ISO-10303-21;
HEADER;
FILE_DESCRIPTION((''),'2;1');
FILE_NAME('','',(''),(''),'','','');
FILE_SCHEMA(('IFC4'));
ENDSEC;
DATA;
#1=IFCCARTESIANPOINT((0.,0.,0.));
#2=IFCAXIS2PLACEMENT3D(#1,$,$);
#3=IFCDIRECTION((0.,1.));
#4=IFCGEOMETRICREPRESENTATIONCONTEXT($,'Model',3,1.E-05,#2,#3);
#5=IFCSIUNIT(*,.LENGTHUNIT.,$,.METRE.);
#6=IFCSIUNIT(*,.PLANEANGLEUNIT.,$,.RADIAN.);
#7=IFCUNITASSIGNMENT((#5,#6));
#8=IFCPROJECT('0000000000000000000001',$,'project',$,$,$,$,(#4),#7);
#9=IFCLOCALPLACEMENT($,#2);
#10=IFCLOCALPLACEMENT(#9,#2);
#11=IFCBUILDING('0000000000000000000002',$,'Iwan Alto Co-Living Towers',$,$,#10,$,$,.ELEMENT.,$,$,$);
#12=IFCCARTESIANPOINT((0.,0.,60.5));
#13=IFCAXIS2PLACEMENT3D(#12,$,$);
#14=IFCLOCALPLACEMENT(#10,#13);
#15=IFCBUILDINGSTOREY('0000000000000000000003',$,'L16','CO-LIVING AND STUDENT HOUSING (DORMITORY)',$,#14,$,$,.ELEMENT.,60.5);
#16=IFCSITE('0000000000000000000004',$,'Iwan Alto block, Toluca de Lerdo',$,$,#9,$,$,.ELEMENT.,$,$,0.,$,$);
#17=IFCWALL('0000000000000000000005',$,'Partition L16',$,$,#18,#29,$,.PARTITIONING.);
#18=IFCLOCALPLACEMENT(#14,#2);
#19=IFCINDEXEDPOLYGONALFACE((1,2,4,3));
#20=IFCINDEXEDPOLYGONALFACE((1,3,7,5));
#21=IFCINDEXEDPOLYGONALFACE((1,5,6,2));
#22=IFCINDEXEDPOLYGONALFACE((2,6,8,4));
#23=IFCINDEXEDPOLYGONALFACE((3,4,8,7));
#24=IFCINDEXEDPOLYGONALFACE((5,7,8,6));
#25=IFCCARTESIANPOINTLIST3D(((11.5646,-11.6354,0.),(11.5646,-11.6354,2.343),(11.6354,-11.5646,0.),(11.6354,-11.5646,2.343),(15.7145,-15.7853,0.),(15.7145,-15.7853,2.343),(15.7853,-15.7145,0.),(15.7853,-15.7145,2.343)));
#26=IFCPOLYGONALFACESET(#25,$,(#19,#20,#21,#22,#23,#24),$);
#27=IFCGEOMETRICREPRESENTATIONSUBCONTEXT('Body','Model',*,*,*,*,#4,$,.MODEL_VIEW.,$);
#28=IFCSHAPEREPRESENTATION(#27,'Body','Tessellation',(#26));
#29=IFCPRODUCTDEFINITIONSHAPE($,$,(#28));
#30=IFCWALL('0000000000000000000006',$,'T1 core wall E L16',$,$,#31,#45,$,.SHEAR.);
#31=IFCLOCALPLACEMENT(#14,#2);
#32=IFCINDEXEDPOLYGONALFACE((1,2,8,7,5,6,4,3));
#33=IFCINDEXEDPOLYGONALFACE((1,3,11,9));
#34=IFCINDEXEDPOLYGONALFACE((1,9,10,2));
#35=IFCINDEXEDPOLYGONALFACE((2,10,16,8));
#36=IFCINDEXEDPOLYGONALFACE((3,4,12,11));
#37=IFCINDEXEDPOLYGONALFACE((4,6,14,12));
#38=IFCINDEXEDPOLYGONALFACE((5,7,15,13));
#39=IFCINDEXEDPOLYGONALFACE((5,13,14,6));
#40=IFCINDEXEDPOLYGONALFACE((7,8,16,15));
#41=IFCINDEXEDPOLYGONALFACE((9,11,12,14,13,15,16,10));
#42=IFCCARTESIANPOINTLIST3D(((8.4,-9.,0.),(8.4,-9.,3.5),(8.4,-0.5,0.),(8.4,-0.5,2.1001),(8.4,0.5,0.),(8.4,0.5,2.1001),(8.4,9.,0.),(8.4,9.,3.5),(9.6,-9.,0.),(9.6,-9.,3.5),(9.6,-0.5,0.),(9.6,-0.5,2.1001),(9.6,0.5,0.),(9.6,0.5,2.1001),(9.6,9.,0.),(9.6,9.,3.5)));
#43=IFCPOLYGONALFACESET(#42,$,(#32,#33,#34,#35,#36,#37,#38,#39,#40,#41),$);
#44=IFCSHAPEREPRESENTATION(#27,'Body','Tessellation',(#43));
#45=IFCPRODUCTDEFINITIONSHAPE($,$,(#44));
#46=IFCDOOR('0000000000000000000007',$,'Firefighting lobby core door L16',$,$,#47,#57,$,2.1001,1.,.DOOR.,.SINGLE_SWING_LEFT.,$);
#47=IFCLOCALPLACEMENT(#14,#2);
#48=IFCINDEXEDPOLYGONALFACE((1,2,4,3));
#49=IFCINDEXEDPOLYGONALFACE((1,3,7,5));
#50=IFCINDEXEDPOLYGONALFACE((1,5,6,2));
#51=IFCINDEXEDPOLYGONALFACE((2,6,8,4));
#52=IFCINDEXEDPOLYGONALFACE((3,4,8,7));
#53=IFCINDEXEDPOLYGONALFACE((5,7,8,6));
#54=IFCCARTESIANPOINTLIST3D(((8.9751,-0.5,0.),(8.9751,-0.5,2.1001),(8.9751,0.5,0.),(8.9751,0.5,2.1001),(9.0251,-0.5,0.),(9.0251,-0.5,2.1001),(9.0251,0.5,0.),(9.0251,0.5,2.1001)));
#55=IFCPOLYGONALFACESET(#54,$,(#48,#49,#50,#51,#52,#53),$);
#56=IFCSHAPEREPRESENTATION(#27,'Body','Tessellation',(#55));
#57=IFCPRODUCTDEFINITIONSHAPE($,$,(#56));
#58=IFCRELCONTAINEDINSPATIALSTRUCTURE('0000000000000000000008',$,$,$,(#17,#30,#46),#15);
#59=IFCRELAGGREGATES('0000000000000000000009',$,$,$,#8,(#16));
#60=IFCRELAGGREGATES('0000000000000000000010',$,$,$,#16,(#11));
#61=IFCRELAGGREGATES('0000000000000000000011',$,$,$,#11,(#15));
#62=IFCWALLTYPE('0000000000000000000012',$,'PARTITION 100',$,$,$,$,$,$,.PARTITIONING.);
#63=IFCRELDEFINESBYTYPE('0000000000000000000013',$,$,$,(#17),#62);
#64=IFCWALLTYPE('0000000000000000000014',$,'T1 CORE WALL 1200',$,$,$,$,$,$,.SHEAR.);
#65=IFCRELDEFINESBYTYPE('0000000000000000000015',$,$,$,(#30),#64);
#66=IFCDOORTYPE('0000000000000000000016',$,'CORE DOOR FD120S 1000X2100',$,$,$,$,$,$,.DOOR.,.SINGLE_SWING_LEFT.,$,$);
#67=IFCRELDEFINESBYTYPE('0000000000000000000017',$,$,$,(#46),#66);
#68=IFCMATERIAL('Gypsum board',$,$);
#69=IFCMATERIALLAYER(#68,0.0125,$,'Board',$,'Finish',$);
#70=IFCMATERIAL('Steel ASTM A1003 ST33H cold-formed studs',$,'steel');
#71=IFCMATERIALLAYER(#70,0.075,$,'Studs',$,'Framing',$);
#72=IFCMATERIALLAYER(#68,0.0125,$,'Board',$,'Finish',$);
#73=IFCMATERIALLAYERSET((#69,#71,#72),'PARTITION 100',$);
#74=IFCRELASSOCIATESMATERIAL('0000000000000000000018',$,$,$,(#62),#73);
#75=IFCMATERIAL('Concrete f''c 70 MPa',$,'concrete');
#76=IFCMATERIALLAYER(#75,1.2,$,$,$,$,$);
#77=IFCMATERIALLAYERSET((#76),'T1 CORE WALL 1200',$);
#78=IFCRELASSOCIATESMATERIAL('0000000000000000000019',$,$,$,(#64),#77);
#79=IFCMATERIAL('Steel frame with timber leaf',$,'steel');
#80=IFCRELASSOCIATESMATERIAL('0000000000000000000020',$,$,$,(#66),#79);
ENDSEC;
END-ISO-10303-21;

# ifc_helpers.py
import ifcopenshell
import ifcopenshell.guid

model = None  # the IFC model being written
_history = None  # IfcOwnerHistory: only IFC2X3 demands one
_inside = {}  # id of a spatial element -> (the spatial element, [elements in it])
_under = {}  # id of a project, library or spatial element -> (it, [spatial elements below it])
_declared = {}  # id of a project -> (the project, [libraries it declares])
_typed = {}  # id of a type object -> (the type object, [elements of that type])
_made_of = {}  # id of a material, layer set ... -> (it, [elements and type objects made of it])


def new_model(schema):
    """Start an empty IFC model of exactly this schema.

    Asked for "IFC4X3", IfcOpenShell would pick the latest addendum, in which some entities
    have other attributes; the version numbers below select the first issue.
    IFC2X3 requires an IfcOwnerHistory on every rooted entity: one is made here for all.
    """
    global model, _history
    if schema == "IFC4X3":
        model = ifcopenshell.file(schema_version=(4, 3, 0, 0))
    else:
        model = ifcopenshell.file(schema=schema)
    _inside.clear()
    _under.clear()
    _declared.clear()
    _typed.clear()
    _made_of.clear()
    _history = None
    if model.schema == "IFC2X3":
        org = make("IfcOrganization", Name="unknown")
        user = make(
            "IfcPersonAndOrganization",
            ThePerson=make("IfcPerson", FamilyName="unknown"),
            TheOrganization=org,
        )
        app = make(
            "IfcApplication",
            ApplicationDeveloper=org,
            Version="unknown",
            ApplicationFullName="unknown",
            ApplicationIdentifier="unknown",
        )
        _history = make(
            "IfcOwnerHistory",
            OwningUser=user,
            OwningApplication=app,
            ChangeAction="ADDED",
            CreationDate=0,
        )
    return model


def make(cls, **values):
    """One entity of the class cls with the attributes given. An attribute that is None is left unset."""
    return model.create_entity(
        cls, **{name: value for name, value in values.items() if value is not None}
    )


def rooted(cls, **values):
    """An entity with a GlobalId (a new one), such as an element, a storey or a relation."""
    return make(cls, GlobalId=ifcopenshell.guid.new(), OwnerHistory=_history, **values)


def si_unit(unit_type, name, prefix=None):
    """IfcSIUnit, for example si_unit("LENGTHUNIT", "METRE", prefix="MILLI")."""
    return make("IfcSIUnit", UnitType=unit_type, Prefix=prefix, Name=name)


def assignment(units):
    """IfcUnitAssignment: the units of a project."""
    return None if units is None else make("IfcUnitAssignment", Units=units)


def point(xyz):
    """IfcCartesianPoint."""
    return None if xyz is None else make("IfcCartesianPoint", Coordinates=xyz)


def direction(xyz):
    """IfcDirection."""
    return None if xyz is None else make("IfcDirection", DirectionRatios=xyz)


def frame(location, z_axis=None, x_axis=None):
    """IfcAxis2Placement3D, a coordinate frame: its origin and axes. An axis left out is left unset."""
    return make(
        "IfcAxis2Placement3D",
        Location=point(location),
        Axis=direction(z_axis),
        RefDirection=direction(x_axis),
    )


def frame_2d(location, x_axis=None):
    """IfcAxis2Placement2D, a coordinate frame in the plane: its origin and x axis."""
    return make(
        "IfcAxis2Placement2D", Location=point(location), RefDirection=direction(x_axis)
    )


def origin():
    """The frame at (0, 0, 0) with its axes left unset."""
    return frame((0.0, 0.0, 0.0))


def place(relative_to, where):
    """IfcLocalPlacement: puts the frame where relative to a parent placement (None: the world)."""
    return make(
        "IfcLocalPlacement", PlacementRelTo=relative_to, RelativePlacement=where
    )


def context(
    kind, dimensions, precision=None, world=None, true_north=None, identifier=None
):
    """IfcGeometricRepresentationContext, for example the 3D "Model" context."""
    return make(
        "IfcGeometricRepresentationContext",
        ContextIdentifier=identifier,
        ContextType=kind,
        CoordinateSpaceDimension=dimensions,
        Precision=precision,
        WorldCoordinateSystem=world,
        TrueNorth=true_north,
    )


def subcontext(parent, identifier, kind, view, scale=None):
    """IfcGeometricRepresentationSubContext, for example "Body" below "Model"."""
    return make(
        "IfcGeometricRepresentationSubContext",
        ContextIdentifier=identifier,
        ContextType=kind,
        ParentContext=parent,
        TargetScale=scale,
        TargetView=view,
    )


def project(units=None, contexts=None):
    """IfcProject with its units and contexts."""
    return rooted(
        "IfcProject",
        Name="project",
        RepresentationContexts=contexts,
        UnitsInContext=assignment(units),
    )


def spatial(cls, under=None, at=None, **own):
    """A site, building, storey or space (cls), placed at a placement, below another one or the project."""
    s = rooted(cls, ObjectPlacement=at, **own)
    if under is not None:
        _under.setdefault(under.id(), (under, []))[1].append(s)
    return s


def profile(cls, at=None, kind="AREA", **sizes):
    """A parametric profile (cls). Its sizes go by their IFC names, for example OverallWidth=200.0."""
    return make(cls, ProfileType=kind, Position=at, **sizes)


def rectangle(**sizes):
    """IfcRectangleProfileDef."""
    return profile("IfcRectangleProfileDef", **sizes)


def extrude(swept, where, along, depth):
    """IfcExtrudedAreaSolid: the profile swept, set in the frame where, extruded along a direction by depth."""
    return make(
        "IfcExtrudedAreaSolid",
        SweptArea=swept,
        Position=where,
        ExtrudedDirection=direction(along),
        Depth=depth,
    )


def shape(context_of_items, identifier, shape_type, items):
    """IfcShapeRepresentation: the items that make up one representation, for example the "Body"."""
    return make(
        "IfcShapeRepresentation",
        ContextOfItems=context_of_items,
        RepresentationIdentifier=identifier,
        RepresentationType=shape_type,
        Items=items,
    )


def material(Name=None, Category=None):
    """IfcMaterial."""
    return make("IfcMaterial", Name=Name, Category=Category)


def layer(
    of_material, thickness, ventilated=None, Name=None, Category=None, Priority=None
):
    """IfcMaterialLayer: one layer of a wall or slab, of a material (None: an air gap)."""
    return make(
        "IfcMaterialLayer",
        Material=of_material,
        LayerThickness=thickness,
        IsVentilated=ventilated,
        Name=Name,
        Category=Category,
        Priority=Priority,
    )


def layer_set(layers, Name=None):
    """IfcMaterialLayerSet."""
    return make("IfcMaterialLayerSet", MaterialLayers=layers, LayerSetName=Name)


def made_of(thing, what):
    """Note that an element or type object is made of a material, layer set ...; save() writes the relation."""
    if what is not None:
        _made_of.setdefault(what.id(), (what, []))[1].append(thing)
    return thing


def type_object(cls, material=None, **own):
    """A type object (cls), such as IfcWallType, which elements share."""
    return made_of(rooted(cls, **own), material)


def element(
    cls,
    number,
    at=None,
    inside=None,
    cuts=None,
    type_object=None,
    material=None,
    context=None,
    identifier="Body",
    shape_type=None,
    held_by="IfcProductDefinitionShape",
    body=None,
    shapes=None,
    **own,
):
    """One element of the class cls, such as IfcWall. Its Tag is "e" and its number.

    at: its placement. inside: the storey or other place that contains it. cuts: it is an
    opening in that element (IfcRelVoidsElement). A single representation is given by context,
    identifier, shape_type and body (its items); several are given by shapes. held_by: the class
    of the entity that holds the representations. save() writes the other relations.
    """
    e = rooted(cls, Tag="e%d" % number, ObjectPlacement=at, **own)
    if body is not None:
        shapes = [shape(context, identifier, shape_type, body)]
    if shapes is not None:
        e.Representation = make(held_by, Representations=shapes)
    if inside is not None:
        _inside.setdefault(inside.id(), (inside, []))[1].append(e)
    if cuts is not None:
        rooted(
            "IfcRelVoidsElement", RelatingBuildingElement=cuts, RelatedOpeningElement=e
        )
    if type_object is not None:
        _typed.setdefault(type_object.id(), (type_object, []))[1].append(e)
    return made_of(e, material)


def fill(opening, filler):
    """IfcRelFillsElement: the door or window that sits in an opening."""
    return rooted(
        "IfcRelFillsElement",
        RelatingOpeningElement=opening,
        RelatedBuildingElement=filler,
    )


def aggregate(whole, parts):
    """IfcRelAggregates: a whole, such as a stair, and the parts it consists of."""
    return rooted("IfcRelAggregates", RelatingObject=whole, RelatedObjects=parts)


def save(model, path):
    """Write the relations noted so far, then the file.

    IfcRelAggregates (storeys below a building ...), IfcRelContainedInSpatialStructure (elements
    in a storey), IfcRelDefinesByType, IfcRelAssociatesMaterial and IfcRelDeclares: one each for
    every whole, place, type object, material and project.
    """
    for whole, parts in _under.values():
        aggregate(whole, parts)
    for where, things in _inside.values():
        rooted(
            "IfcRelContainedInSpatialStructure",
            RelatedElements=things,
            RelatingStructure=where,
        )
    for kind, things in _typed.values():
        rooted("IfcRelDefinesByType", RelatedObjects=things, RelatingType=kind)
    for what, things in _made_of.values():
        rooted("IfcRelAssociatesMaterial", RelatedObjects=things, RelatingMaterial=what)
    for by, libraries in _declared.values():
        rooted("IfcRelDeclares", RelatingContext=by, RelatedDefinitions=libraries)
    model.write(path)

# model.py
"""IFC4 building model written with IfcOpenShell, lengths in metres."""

from ifc_helpers import new_model, si_unit, direction, frame, frame_2d, origin, place, context, subcontext, project, spatial, rectangle, extrude, material, layer, layer_set, type_object, element, fill, save


model = new_model("IFC4")

# Units and contexts
model_context = context("Model", 3, precision=1e-05, world=origin(), true_north=direction((0.0, 1.0)))
body_context = subcontext(model_context, "Body", "Model", "MODEL_VIEW")
ifc_project = project(units=[si_unit("LENGTHUNIT", "METRE"), si_unit("PLANEANGLEUNIT", "RADIAN")], contexts=[model_context])

# Site, building, storey
site_placement = place(None, origin())
site = spatial("IfcSite", under=ifc_project, at=site_placement, Name="Iwan Alto block, Toluca de Lerdo", CompositionType="ELEMENT", RefElevation=0.0)
building_placement = place(site_placement, origin())
building = spatial("IfcBuilding", under=site, at=building_placement, Name="Iwan Alto Co-Living Towers", CompositionType="ELEMENT")
storey_placement = place(building_placement, frame((0.0, 0.0, 60.5)))
storey = spatial("IfcBuildingStorey", under=building, at=storey_placement, Name="L16", Description="CO-LIVING AND STUDENT HOUSING (DORMITORY)", CompositionType="ELEMENT", Elevation=60.5)

# Shared definitions
ifc_material_1 = material(Name="Gypsum board")
ifc_material_2 = material(Name="Steel ASTM A1003 ST33H cold-formed studs", Category="steel")

# Shared definitions
ifc_layer_1 = layer(ifc_material_1, 0.0125, Name="Board", Category="Finish")
ifc_layer_2 = layer(ifc_material_2, 0.075, Name="Studs", Category="Framing")
ifc_layer_3 = layer(ifc_material_1, 0.0125, Name="Board", Category="Finish")
ifc_layer_set_1 = layer_set([ifc_layer_1, ifc_layer_2, ifc_layer_3], Name="PARTITION 100")
wall_type_1 = type_object("IfcWallType", Name="PARTITION 100", PredefinedType="PARTITIONING", material=ifc_layer_set_1)

# Wall
wall_1_placement = place(storey_placement, frame((15.75, -15.75, 0.0), z_axis=(0.0, 0.0, 1.0), x_axis=(-0.707107, 0.707107, 0.0)))
element("IfcWall", 1, at=wall_1_placement, inside=storey, type_object=wall_type_1, Name="Partition L16", PredefinedType="PARTITIONING", context=body_context, shape_type="SweptSolid", body=[
    extrude(rectangle(XDim=5.8689, YDim=0.1001, at=frame_2d((2.9346, 0.0))), origin(), (0.0, 0.0, 1.0), 2.343),
])

# Wall, opening, door
ifc_material_3 = material(Name="Concrete f'c 70 MPa", Category="concrete")
ifc_layer_4 = layer(ifc_material_3, 1.2)
ifc_layer_set_2 = layer_set([ifc_layer_4], Name="T1 CORE WALL 1200")
wall_type_2 = type_object("IfcWallType", Name="T1 CORE WALL 1200", PredefinedType="SHEAR", material=ifc_layer_set_2)
wall_2_placement = place(storey_placement, frame((9.0, -9.0, 0.0), z_axis=(0.0, 0.0, 1.0), x_axis=(0.0, 1.0, 0.0)))
wall_2 = element("IfcWall", 2, at=wall_2_placement, inside=storey, type_object=wall_type_2, Name="T1 core wall E L16", PredefinedType="SHEAR", context=body_context, shape_type="SweptSolid", body=[
    extrude(rectangle(XDim=18.0, YDim=1.2, at=frame_2d((9.0, 0.0))), origin(), (0.0, 0.0, 1.0), 3.5),
])
opening_1_placement = place(wall_2_placement, frame((8.5, 0.0, 0.0)))
opening_1 = element("IfcOpeningElement", 3, at=opening_1_placement, cuts=wall_2, PredefinedType="OPENING", context=body_context, shape_type="SweptSolid", body=[
    extrude(rectangle(XDim=1.0, YDim=2.1001, at=frame_2d((0.5, 1.05))), frame((0.0, 0.6099, 0.0), z_axis=(0.0, -1.0, 0.0), x_axis=(1.0, 0.0, 0.0)), (0.0, 0.0, 1.0), 1.22),
])
ifc_material_4 = material(Name="Steel frame with timber leaf", Category="steel")
door_type_1 = type_object("IfcDoorType", Name="CORE DOOR FD120S 1000X2100", OperationType="SINGLE_SWING_LEFT", PredefinedType="DOOR", material=ifc_material_4)
door_1_placement = place(opening_1_placement, origin())
door_1 = element("IfcDoor", 4, at=door_1_placement, inside=storey, type_object=door_type_1, Name="Firefighting lobby core door L16", OperationType="SINGLE_SWING_LEFT", OverallHeight=2.1001, OverallWidth=1.0, PredefinedType="DOOR", context=body_context, shape_type="SweptSolid", body=[
    extrude(rectangle(XDim=1.0, YDim=2.1001, at=frame_2d((0.5, 1.05))), frame((0.0, 0.0249, 0.0), z_axis=(0.0, -1.0, 0.0), x_axis=(1.0, 0.0, 0.0)), (0.0, 0.0, 1.0), 0.05),
])
fill(opening_1, door_1)

save(model, "model.ifc")
